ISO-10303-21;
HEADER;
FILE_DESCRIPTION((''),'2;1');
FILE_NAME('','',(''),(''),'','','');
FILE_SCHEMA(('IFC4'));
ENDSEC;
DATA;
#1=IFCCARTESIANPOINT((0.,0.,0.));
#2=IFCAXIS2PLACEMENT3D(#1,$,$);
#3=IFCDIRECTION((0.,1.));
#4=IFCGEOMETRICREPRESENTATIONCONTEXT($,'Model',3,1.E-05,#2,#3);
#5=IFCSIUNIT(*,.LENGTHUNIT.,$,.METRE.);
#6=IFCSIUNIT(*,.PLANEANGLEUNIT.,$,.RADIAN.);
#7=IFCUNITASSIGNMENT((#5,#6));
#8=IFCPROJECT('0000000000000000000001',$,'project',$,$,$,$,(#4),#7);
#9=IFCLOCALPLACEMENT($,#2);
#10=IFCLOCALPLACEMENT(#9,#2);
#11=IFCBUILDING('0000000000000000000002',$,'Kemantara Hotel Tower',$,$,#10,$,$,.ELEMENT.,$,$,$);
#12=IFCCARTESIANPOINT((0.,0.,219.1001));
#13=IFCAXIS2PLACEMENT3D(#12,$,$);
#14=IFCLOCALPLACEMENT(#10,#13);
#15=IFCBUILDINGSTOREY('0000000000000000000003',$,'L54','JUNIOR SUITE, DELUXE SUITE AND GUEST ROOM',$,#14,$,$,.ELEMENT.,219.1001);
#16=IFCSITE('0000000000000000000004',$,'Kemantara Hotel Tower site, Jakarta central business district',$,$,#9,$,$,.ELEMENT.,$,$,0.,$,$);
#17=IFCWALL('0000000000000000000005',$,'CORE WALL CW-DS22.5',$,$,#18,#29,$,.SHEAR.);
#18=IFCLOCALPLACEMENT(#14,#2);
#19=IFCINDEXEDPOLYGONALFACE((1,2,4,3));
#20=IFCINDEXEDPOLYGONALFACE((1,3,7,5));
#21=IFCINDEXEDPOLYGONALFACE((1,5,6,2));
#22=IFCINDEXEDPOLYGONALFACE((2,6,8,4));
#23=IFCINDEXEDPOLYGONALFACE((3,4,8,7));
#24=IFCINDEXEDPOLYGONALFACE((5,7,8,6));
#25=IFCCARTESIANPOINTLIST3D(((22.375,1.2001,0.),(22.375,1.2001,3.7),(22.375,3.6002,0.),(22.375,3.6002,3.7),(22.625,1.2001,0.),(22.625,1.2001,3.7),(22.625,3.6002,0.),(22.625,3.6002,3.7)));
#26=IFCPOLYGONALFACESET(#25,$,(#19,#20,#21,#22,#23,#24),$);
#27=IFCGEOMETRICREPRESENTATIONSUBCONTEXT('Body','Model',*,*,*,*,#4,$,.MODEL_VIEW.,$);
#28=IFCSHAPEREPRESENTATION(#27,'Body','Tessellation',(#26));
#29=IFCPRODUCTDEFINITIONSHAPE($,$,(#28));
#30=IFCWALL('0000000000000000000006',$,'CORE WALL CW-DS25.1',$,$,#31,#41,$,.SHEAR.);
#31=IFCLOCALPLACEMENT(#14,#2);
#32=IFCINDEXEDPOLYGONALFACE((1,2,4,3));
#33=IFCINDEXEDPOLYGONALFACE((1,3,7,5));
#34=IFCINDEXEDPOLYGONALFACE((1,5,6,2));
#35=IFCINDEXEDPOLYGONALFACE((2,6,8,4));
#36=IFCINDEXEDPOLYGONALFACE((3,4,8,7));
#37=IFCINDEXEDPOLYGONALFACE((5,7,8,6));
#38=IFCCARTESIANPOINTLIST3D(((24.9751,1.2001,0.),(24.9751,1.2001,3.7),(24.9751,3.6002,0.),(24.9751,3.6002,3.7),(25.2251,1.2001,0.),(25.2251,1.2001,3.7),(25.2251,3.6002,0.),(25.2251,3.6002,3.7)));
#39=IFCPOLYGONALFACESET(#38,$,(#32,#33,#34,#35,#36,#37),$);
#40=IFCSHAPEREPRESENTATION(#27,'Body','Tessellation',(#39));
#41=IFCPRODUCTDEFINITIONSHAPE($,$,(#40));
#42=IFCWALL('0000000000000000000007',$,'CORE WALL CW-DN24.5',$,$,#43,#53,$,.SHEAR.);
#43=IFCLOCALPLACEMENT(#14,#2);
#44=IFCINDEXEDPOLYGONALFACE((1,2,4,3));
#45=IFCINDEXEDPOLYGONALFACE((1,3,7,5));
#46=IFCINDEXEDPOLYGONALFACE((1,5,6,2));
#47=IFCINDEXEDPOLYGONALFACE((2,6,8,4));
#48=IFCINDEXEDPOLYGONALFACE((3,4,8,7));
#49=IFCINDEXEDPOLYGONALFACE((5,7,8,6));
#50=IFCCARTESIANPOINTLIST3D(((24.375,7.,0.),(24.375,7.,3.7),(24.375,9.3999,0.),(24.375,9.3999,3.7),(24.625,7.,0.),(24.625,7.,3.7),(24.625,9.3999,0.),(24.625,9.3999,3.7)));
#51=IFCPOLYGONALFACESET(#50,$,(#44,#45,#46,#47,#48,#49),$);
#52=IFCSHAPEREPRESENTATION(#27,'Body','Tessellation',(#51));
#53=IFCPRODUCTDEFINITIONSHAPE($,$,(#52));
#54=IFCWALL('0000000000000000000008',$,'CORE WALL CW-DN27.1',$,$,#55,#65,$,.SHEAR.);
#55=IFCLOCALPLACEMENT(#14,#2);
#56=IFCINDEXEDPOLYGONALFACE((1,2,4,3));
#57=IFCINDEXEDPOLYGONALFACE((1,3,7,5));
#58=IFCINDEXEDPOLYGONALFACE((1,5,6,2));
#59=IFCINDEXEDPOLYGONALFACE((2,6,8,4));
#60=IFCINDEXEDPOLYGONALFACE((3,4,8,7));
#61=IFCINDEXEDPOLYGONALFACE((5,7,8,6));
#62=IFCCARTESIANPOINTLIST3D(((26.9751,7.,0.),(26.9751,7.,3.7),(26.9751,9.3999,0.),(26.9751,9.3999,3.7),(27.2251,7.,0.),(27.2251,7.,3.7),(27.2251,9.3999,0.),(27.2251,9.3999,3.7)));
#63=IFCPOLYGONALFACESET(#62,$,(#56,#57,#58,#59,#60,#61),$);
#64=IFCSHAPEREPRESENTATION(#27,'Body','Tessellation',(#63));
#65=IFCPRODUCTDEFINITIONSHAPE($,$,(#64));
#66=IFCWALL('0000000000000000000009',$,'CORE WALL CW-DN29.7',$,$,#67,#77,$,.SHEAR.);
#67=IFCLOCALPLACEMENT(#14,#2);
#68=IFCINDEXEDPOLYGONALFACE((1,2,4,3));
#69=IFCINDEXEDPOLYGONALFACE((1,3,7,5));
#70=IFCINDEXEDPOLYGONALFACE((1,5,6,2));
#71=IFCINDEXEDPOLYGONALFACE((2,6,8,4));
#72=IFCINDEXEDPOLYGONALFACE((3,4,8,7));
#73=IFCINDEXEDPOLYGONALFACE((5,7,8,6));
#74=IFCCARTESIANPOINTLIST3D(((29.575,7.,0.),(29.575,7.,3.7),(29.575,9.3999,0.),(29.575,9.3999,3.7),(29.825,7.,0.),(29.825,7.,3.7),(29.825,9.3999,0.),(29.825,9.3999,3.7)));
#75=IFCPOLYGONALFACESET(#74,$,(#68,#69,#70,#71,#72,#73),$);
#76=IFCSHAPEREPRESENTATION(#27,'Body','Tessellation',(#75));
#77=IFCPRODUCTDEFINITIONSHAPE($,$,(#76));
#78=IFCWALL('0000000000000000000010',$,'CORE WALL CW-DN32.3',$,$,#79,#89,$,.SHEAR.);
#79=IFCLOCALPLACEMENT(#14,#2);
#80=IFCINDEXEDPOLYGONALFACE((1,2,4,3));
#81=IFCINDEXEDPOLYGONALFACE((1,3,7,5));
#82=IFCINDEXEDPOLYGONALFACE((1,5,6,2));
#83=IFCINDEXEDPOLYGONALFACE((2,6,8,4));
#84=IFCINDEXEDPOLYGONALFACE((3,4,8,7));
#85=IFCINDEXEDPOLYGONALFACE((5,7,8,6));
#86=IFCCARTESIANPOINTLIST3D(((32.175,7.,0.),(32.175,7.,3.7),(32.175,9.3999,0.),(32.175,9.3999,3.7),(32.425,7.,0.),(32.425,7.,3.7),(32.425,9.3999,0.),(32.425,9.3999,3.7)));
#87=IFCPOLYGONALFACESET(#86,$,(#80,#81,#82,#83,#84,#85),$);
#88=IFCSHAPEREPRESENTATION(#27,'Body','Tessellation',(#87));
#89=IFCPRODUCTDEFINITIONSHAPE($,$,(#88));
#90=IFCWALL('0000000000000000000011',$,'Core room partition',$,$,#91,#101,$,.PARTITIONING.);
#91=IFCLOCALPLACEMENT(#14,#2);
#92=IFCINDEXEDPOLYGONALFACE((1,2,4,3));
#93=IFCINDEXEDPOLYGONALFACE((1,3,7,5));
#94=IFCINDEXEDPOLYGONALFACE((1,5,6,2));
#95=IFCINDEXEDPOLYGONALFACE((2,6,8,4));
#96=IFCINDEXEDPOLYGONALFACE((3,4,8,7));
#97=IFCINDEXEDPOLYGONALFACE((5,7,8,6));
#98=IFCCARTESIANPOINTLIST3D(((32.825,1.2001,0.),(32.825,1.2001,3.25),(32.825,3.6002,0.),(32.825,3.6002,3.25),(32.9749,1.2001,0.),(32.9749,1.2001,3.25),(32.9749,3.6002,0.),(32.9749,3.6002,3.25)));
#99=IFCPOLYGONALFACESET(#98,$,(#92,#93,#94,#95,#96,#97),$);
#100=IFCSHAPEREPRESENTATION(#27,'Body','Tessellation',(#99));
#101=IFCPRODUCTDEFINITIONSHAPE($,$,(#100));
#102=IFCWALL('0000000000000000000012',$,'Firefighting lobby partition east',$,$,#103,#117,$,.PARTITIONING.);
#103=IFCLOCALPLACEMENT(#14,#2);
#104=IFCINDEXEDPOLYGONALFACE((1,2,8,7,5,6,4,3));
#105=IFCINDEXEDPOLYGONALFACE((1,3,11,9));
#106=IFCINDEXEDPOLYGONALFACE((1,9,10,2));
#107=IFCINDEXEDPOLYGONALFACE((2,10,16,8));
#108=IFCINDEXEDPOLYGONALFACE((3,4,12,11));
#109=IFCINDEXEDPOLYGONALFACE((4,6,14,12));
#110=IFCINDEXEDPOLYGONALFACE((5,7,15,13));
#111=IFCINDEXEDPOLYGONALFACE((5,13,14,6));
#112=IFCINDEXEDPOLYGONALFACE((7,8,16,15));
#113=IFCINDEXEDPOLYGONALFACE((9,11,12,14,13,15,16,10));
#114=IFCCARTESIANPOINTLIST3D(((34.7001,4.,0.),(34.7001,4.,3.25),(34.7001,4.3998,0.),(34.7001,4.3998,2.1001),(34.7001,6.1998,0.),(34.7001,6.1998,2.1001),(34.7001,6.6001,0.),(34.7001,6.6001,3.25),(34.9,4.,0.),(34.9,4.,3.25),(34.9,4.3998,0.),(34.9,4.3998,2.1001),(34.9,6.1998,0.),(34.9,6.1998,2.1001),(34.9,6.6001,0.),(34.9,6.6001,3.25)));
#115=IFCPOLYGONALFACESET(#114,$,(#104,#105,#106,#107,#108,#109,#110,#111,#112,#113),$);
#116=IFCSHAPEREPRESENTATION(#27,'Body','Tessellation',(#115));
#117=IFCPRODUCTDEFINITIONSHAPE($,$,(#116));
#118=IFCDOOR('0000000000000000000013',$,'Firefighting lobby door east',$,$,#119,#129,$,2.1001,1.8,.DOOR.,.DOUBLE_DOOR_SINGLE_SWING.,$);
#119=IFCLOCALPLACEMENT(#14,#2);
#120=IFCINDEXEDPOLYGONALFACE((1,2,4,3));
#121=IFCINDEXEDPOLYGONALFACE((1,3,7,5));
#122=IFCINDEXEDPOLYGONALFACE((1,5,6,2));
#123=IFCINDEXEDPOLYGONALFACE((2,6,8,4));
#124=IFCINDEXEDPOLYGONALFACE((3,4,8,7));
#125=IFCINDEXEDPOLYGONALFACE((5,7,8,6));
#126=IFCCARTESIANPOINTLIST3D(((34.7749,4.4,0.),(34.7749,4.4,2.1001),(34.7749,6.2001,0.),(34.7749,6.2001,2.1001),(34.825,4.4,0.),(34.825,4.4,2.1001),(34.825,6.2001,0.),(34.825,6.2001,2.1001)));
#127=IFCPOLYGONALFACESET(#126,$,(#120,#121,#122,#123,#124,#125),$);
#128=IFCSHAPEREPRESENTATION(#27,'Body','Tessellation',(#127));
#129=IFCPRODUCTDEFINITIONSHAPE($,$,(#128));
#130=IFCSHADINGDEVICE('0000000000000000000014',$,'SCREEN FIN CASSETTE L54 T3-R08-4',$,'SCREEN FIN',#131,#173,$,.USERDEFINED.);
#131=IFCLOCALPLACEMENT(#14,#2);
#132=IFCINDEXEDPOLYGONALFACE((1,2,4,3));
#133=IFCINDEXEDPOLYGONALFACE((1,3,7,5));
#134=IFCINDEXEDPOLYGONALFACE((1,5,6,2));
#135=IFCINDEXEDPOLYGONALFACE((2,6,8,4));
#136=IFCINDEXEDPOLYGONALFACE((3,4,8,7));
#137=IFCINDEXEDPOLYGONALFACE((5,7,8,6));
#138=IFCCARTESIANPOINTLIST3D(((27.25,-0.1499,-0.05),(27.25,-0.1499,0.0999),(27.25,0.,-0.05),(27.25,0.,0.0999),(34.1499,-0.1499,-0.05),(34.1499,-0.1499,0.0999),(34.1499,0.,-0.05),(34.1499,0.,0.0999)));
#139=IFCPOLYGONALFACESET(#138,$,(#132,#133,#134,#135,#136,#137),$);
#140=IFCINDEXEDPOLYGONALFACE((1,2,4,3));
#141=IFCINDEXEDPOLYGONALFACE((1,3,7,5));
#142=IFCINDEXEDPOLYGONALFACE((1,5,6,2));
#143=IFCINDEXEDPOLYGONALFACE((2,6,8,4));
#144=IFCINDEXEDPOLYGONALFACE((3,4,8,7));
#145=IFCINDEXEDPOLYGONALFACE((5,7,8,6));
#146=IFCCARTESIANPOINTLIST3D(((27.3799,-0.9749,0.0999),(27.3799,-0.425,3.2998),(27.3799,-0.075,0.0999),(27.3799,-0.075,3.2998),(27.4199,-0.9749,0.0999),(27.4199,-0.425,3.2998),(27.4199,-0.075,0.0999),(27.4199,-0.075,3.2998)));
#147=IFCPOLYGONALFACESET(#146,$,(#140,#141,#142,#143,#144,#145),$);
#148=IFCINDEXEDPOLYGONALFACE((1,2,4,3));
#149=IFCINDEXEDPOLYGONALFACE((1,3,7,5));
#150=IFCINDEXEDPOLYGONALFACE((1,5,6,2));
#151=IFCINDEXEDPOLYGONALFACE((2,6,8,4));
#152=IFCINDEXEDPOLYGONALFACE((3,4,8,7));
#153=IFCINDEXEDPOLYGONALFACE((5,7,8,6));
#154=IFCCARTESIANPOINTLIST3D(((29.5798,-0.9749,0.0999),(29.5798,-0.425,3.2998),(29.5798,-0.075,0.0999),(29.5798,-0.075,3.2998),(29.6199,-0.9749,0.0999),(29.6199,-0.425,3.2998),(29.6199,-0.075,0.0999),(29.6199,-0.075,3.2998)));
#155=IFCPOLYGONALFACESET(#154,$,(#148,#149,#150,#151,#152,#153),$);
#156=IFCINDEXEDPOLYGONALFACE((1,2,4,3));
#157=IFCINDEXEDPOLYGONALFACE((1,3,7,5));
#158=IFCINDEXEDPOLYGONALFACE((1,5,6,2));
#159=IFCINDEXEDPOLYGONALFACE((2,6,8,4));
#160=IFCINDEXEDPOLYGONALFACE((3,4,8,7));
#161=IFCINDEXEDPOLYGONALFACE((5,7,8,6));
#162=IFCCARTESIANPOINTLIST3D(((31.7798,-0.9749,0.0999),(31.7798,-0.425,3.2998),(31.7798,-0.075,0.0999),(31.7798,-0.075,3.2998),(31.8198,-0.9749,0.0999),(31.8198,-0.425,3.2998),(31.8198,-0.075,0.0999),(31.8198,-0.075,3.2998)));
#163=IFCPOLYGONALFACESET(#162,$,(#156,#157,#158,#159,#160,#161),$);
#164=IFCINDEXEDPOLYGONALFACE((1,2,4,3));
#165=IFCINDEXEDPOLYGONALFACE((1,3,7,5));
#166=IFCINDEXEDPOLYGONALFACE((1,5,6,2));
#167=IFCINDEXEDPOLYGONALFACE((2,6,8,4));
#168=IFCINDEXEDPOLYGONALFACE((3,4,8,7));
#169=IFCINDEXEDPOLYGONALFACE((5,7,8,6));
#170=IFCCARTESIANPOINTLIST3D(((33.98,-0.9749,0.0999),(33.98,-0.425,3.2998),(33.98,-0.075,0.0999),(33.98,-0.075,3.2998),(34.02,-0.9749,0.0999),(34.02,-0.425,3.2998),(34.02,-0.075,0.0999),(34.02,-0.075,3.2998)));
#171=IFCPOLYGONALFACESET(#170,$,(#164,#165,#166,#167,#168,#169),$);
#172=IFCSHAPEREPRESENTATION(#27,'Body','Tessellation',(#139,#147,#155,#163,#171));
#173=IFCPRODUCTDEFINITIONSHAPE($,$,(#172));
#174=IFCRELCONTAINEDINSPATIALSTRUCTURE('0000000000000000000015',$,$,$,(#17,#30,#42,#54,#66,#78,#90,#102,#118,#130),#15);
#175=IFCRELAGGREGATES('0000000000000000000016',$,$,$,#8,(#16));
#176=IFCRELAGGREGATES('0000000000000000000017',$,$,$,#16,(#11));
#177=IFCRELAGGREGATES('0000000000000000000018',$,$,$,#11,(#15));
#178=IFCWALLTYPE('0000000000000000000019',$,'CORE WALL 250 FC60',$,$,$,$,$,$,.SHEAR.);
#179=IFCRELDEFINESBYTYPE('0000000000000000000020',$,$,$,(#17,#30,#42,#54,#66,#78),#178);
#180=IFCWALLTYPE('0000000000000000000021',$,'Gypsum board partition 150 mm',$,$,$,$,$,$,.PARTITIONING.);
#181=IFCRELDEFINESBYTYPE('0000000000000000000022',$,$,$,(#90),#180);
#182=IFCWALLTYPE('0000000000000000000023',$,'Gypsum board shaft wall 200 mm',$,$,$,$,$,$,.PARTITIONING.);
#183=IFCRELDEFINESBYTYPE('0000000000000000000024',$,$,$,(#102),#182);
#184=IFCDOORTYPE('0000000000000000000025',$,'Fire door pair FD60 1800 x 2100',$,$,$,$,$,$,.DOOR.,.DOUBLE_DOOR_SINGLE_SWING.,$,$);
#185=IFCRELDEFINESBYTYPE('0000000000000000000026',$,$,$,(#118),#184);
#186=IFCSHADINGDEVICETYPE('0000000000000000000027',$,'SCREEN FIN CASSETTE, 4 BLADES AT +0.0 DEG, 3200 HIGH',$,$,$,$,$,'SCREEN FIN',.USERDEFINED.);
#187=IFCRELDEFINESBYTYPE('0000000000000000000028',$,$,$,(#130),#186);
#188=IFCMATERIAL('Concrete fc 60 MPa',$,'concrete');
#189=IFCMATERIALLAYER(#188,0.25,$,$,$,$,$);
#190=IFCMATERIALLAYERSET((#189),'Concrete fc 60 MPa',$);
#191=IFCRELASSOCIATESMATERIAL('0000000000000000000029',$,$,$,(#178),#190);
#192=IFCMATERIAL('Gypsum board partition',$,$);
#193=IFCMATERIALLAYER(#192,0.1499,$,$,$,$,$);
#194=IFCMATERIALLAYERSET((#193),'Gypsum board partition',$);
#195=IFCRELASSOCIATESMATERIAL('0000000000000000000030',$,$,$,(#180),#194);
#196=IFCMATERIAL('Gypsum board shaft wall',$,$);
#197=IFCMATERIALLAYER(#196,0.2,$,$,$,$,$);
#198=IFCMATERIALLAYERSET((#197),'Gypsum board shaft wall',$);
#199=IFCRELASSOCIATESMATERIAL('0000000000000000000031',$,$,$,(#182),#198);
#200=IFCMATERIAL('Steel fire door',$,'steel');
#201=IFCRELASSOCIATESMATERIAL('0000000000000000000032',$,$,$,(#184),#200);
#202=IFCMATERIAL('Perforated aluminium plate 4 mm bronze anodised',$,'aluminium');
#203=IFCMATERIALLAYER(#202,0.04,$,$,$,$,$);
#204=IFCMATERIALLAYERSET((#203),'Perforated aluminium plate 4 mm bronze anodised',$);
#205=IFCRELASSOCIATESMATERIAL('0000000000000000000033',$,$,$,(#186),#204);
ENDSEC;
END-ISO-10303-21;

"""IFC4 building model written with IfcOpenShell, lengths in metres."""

from ifc_helpers import new_model, si_unit, direction, frame, frame_2d, origin, origin_2d, place, context, subcontext, project, spatial, polyline, rectangle, outline, extrude, source, transform, mapped, material, layer, layer_set, type_object, element, fill, save


model = new_model("IFC4")

# Units and contexts
model_context = context("Model", 3, precision=1e-05, world=origin(), true_north=direction((0.0, 1.0)))
body_context = subcontext(model_context, "Body", "Model", "MODEL_VIEW")
ifc_project = project(units=[si_unit("LENGTHUNIT", "METRE"), si_unit("PLANEANGLEUNIT", "RADIAN")], contexts=[model_context])

# Site, building, storey
site_placement = place(None, origin())
site = spatial("IfcSite", under=ifc_project, at=site_placement, Name="Kemantara Hotel Tower site, Jakarta central business district", CompositionType="ELEMENT", RefElevation=0.0)
building_placement = place(site_placement, origin())
building = spatial("IfcBuilding", under=site, at=building_placement, Name="Kemantara Hotel Tower", CompositionType="ELEMENT")
storey_placement = place(building_placement, frame((0.0, 0.0, 219.1001)))
storey = spatial("IfcBuildingStorey", under=building, at=storey_placement, Name="L54", Description="JUNIOR SUITE, DELUXE SUITE AND GUEST ROOM", CompositionType="ELEMENT", Elevation=219.1001)

# Walls
ifc_material_1 = material(Name="Concrete fc 60 MPa", Category="concrete")
ifc_layer_1 = layer(ifc_material_1, 0.25)
ifc_layer_set_1 = layer_set([ifc_layer_1], Name="Concrete fc 60 MPa")
wall_type_1 = type_object("IfcWallType", Name="CORE WALL 250 FC60", PredefinedType="SHEAR", material=ifc_layer_set_1)
for number, where, z_axis, x_axis, name in (
    (1, (22.5, 1.2, 0.0), (0.0, 0.0, 1.0), (0.0, 1.0, 0.0), "CORE WALL CW-DS22.5"),
    (2, (25.1001, 1.2, 0.0), (0.0, 0.0, 1.0), (0.0, 1.0, 0.0), "CORE WALL CW-DS25.1"),
):
    element("IfcWall", number, at=place(storey_placement, frame(where, z_axis=z_axis, x_axis=x_axis)), inside=storey, type_object=wall_type_1, Name=name, PredefinedType="SHEAR", context=body_context, shape_type="SweptSolid", body=[
        extrude(rectangle(XDim=2.4001, YDim=0.25, at=frame_2d((1.2002, 0.0))), origin(), (0.0, 0.0, 1.0), 3.7),
    ])
for number, where, z_axis, x_axis, name in (
    (3, (24.5, 7.0, 0.0), (0.0, 0.0, 1.0), (0.0, 1.0, 0.0), "CORE WALL CW-DN24.5"),
    (4, (27.1001, 7.0, 0.0), (0.0, 0.0, 1.0), (0.0, 1.0, 0.0), "CORE WALL CW-DN27.1"),
    (5, (29.7, 7.0, 0.0), (0.0, 0.0, 1.0), (0.0, 1.0, 0.0), "CORE WALL CW-DN29.7"),
    (6, (32.3, 7.0, 0.0), (0.0, 0.0, 1.0), (0.0, 1.0, 0.0), "CORE WALL CW-DN32.3"),
):
    element("IfcWall", number, at=place(storey_placement, frame(where, z_axis=z_axis, x_axis=x_axis)), inside=storey, type_object=wall_type_1, Name=name, PredefinedType="SHEAR", context=body_context, shape_type="SweptSolid", body=[
        extrude(rectangle(XDim=2.3999, YDim=0.25, at=frame_2d((1.2, 0.0))), origin(), (0.0, 0.0, 1.0), 3.7),
    ])
ifc_material_2 = material(Name="Gypsum board partition")
ifc_layer_2 = layer(ifc_material_2, 0.1499)
ifc_layer_set_2 = layer_set([ifc_layer_2], Name="Gypsum board partition")
wall_type_2 = type_object("IfcWallType", Name="Gypsum board partition 150 mm", PredefinedType="PARTITIONING", material=ifc_layer_set_2)
wall_1_placement = place(storey_placement, frame((32.8999, 1.2, 0.0), z_axis=(0.0, 0.0, 1.0), x_axis=(0.0, 1.0, 0.0)))
element("IfcWall", 7, at=wall_1_placement, inside=storey, type_object=wall_type_2, Name="Core room partition", PredefinedType="PARTITIONING", context=body_context, shape_type="SweptSolid", body=[
    extrude(rectangle(XDim=2.4001, YDim=0.1499, at=frame_2d((1.2002, 0.0))), origin(), (0.0, 0.0, 1.0), 3.25),
])

# Wall, opening, door
ifc_material_3 = material(Name="Gypsum board shaft wall")
ifc_layer_3 = layer(ifc_material_3, 0.2)
ifc_layer_set_3 = layer_set([ifc_layer_3], Name="Gypsum board shaft wall")
wall_type_3 = type_object("IfcWallType", Name="Gypsum board shaft wall 200 mm", PredefinedType="PARTITIONING", material=ifc_layer_set_3)
wall_2_placement = place(storey_placement, frame((34.8, 4.0, 0.0), z_axis=(0.0, 0.0, 1.0), x_axis=(0.0, 1.0, 0.0)))
wall_2 = element("IfcWall", 8, at=wall_2_placement, inside=storey, type_object=wall_type_3, Name="Firefighting lobby partition east", PredefinedType="PARTITIONING", context=body_context, shape_type="SweptSolid", body=[
    extrude(rectangle(XDim=2.6001, YDim=0.2, at=frame_2d((1.3, 0.0))), origin(), (0.0, 0.0, 1.0), 3.25),
])
opening_placement = place(wall_2_placement, frame((0.3999, 0.0, 0.0)))
opening = element("IfcOpeningElement", 9, at=opening_placement, cuts=wall_2, PredefinedType="OPENING", context=body_context, shape_type="SweptSolid", body=[
    extrude(rectangle(XDim=1.8, YDim=2.1001, at=frame_2d((0.8999, 1.05))), frame((0.0, 0.1099, 0.0), z_axis=(0.0, -1.0, 0.0), x_axis=(1.0, 0.0, 0.0)), (0.0, 0.0, 1.0), 0.22),
])
ifc_material_4 = material(Name="Steel fire door", Category="steel")
door_type = type_object("IfcDoorType", Name="Fire door pair FD60 1800 x 2100", OperationType="DOUBLE_DOOR_SINGLE_SWING", PredefinedType="DOOR", material=ifc_material_4)
door_placement = place(opening_placement, frame((1.8, 0.0, 0.0), z_axis=(0.0, 0.0, 1.0), x_axis=(-1.0, 0.0, 0.0)))
door = element("IfcDoor", 10, at=door_placement, inside=storey, type_object=door_type, Name="Firefighting lobby door east", OperationType="DOUBLE_DOOR_SINGLE_SWING", OverallHeight=2.1001, OverallWidth=1.8, PredefinedType="DOOR", context=body_context, shape_type="SweptSolid", body=[
    extrude(rectangle(XDim=1.8, YDim=2.1001, at=frame_2d((0.8999, 1.05))), frame((0.0, 0.0249, 0.0), z_axis=(0.0, -1.0, 0.0), x_axis=(1.0, 0.0, 0.0)), (0.0, 0.0, 1.0), 0.05),
])
fill(opening, door)

# Shading device
ifc_material_5 = material(Name="Perforated aluminium plate 4 mm bronze anodised", Category="aluminium")
ifc_layer_4 = layer(ifc_material_5, 0.04)
ifc_layer_set_4 = layer_set([ifc_layer_4], Name="Perforated aluminium plate 4 mm bronze anodised")
shading_device_type = type_object("IfcShadingDeviceType", Name="SCREEN FIN CASSETTE, 4 BLADES AT +0.0 DEG, 3200 HIGH", ElementType="SCREEN FIN", PredefinedType="USERDEFINED", material=ifc_layer_set_4)
shared_shape = source(origin(), body_context, "Body", "SweptSolid", [
    extrude(rectangle(XDim=6.8999, YDim=0.1499, at=origin_2d()), frame((3.3, -0.075, -0.1499), z_axis=(0.0, 0.0, 1.0), x_axis=(1.0, 0.0, 0.0)), (0.0, 0.0, 1.0), 0.1499),
    extrude(outline(polyline([(0.0, 0.0), (0.8999, 0.0), (0.3501, 3.2), (0.0, 3.2), (0.0, 0.0)])), frame((0.02, -0.075, 0.0), z_axis=(-1.0, 0.0, 0.0), x_axis=(0.0, -1.0, 0.0)), (0.0, 0.0, 1.0), 0.04),
    extrude(outline(polyline([(0.0, 0.0), (0.8999, 0.0), (0.3501, 3.2), (0.0, 3.2), (0.0, 0.0)])), frame((2.22, -0.075, 0.0), z_axis=(-1.0, 0.0, 0.0), x_axis=(0.0, -1.0, 0.0)), (0.0, 0.0, 1.0), 0.04),
    extrude(outline(polyline([(0.0, 0.0), (0.8999, 0.0), (0.3501, 3.2), (0.0, 3.2), (0.0, 0.0)])), frame((4.4199, -0.075, 0.0), z_axis=(-1.0, 0.0, 0.0), x_axis=(0.0, -1.0, 0.0)), (0.0, 0.0, 1.0), 0.04),
    extrude(outline(polyline([(0.0, 0.0), (0.8999, 0.0), (0.3501, 3.2), (0.0, 3.2), (0.0, 0.0)])), frame((6.6201, -0.075, 0.0), z_axis=(-1.0, 0.0, 0.0), x_axis=(0.0, -1.0, 0.0)), (0.0, 0.0, 1.0), 0.04),
])
shading_device_placement = place(storey_placement, frame((27.3999, 0.0, 0.0999), z_axis=(0.0, 0.0, 1.0), x_axis=(1.0, 0.0, 0.0)))
element("IfcShadingDevice", 11, at=shading_device_placement, inside=storey, type_object=shading_device_type, Name="SCREEN FIN CASSETTE L54 T3-R08-4", ObjectType="SCREEN FIN", PredefinedType="USERDEFINED", context=body_context, shape_type="MappedRepresentation", body=[
    mapped(shared_shape, transform((0.0, 0.0, 0.0))),
])

save(model, "model.ifc")
